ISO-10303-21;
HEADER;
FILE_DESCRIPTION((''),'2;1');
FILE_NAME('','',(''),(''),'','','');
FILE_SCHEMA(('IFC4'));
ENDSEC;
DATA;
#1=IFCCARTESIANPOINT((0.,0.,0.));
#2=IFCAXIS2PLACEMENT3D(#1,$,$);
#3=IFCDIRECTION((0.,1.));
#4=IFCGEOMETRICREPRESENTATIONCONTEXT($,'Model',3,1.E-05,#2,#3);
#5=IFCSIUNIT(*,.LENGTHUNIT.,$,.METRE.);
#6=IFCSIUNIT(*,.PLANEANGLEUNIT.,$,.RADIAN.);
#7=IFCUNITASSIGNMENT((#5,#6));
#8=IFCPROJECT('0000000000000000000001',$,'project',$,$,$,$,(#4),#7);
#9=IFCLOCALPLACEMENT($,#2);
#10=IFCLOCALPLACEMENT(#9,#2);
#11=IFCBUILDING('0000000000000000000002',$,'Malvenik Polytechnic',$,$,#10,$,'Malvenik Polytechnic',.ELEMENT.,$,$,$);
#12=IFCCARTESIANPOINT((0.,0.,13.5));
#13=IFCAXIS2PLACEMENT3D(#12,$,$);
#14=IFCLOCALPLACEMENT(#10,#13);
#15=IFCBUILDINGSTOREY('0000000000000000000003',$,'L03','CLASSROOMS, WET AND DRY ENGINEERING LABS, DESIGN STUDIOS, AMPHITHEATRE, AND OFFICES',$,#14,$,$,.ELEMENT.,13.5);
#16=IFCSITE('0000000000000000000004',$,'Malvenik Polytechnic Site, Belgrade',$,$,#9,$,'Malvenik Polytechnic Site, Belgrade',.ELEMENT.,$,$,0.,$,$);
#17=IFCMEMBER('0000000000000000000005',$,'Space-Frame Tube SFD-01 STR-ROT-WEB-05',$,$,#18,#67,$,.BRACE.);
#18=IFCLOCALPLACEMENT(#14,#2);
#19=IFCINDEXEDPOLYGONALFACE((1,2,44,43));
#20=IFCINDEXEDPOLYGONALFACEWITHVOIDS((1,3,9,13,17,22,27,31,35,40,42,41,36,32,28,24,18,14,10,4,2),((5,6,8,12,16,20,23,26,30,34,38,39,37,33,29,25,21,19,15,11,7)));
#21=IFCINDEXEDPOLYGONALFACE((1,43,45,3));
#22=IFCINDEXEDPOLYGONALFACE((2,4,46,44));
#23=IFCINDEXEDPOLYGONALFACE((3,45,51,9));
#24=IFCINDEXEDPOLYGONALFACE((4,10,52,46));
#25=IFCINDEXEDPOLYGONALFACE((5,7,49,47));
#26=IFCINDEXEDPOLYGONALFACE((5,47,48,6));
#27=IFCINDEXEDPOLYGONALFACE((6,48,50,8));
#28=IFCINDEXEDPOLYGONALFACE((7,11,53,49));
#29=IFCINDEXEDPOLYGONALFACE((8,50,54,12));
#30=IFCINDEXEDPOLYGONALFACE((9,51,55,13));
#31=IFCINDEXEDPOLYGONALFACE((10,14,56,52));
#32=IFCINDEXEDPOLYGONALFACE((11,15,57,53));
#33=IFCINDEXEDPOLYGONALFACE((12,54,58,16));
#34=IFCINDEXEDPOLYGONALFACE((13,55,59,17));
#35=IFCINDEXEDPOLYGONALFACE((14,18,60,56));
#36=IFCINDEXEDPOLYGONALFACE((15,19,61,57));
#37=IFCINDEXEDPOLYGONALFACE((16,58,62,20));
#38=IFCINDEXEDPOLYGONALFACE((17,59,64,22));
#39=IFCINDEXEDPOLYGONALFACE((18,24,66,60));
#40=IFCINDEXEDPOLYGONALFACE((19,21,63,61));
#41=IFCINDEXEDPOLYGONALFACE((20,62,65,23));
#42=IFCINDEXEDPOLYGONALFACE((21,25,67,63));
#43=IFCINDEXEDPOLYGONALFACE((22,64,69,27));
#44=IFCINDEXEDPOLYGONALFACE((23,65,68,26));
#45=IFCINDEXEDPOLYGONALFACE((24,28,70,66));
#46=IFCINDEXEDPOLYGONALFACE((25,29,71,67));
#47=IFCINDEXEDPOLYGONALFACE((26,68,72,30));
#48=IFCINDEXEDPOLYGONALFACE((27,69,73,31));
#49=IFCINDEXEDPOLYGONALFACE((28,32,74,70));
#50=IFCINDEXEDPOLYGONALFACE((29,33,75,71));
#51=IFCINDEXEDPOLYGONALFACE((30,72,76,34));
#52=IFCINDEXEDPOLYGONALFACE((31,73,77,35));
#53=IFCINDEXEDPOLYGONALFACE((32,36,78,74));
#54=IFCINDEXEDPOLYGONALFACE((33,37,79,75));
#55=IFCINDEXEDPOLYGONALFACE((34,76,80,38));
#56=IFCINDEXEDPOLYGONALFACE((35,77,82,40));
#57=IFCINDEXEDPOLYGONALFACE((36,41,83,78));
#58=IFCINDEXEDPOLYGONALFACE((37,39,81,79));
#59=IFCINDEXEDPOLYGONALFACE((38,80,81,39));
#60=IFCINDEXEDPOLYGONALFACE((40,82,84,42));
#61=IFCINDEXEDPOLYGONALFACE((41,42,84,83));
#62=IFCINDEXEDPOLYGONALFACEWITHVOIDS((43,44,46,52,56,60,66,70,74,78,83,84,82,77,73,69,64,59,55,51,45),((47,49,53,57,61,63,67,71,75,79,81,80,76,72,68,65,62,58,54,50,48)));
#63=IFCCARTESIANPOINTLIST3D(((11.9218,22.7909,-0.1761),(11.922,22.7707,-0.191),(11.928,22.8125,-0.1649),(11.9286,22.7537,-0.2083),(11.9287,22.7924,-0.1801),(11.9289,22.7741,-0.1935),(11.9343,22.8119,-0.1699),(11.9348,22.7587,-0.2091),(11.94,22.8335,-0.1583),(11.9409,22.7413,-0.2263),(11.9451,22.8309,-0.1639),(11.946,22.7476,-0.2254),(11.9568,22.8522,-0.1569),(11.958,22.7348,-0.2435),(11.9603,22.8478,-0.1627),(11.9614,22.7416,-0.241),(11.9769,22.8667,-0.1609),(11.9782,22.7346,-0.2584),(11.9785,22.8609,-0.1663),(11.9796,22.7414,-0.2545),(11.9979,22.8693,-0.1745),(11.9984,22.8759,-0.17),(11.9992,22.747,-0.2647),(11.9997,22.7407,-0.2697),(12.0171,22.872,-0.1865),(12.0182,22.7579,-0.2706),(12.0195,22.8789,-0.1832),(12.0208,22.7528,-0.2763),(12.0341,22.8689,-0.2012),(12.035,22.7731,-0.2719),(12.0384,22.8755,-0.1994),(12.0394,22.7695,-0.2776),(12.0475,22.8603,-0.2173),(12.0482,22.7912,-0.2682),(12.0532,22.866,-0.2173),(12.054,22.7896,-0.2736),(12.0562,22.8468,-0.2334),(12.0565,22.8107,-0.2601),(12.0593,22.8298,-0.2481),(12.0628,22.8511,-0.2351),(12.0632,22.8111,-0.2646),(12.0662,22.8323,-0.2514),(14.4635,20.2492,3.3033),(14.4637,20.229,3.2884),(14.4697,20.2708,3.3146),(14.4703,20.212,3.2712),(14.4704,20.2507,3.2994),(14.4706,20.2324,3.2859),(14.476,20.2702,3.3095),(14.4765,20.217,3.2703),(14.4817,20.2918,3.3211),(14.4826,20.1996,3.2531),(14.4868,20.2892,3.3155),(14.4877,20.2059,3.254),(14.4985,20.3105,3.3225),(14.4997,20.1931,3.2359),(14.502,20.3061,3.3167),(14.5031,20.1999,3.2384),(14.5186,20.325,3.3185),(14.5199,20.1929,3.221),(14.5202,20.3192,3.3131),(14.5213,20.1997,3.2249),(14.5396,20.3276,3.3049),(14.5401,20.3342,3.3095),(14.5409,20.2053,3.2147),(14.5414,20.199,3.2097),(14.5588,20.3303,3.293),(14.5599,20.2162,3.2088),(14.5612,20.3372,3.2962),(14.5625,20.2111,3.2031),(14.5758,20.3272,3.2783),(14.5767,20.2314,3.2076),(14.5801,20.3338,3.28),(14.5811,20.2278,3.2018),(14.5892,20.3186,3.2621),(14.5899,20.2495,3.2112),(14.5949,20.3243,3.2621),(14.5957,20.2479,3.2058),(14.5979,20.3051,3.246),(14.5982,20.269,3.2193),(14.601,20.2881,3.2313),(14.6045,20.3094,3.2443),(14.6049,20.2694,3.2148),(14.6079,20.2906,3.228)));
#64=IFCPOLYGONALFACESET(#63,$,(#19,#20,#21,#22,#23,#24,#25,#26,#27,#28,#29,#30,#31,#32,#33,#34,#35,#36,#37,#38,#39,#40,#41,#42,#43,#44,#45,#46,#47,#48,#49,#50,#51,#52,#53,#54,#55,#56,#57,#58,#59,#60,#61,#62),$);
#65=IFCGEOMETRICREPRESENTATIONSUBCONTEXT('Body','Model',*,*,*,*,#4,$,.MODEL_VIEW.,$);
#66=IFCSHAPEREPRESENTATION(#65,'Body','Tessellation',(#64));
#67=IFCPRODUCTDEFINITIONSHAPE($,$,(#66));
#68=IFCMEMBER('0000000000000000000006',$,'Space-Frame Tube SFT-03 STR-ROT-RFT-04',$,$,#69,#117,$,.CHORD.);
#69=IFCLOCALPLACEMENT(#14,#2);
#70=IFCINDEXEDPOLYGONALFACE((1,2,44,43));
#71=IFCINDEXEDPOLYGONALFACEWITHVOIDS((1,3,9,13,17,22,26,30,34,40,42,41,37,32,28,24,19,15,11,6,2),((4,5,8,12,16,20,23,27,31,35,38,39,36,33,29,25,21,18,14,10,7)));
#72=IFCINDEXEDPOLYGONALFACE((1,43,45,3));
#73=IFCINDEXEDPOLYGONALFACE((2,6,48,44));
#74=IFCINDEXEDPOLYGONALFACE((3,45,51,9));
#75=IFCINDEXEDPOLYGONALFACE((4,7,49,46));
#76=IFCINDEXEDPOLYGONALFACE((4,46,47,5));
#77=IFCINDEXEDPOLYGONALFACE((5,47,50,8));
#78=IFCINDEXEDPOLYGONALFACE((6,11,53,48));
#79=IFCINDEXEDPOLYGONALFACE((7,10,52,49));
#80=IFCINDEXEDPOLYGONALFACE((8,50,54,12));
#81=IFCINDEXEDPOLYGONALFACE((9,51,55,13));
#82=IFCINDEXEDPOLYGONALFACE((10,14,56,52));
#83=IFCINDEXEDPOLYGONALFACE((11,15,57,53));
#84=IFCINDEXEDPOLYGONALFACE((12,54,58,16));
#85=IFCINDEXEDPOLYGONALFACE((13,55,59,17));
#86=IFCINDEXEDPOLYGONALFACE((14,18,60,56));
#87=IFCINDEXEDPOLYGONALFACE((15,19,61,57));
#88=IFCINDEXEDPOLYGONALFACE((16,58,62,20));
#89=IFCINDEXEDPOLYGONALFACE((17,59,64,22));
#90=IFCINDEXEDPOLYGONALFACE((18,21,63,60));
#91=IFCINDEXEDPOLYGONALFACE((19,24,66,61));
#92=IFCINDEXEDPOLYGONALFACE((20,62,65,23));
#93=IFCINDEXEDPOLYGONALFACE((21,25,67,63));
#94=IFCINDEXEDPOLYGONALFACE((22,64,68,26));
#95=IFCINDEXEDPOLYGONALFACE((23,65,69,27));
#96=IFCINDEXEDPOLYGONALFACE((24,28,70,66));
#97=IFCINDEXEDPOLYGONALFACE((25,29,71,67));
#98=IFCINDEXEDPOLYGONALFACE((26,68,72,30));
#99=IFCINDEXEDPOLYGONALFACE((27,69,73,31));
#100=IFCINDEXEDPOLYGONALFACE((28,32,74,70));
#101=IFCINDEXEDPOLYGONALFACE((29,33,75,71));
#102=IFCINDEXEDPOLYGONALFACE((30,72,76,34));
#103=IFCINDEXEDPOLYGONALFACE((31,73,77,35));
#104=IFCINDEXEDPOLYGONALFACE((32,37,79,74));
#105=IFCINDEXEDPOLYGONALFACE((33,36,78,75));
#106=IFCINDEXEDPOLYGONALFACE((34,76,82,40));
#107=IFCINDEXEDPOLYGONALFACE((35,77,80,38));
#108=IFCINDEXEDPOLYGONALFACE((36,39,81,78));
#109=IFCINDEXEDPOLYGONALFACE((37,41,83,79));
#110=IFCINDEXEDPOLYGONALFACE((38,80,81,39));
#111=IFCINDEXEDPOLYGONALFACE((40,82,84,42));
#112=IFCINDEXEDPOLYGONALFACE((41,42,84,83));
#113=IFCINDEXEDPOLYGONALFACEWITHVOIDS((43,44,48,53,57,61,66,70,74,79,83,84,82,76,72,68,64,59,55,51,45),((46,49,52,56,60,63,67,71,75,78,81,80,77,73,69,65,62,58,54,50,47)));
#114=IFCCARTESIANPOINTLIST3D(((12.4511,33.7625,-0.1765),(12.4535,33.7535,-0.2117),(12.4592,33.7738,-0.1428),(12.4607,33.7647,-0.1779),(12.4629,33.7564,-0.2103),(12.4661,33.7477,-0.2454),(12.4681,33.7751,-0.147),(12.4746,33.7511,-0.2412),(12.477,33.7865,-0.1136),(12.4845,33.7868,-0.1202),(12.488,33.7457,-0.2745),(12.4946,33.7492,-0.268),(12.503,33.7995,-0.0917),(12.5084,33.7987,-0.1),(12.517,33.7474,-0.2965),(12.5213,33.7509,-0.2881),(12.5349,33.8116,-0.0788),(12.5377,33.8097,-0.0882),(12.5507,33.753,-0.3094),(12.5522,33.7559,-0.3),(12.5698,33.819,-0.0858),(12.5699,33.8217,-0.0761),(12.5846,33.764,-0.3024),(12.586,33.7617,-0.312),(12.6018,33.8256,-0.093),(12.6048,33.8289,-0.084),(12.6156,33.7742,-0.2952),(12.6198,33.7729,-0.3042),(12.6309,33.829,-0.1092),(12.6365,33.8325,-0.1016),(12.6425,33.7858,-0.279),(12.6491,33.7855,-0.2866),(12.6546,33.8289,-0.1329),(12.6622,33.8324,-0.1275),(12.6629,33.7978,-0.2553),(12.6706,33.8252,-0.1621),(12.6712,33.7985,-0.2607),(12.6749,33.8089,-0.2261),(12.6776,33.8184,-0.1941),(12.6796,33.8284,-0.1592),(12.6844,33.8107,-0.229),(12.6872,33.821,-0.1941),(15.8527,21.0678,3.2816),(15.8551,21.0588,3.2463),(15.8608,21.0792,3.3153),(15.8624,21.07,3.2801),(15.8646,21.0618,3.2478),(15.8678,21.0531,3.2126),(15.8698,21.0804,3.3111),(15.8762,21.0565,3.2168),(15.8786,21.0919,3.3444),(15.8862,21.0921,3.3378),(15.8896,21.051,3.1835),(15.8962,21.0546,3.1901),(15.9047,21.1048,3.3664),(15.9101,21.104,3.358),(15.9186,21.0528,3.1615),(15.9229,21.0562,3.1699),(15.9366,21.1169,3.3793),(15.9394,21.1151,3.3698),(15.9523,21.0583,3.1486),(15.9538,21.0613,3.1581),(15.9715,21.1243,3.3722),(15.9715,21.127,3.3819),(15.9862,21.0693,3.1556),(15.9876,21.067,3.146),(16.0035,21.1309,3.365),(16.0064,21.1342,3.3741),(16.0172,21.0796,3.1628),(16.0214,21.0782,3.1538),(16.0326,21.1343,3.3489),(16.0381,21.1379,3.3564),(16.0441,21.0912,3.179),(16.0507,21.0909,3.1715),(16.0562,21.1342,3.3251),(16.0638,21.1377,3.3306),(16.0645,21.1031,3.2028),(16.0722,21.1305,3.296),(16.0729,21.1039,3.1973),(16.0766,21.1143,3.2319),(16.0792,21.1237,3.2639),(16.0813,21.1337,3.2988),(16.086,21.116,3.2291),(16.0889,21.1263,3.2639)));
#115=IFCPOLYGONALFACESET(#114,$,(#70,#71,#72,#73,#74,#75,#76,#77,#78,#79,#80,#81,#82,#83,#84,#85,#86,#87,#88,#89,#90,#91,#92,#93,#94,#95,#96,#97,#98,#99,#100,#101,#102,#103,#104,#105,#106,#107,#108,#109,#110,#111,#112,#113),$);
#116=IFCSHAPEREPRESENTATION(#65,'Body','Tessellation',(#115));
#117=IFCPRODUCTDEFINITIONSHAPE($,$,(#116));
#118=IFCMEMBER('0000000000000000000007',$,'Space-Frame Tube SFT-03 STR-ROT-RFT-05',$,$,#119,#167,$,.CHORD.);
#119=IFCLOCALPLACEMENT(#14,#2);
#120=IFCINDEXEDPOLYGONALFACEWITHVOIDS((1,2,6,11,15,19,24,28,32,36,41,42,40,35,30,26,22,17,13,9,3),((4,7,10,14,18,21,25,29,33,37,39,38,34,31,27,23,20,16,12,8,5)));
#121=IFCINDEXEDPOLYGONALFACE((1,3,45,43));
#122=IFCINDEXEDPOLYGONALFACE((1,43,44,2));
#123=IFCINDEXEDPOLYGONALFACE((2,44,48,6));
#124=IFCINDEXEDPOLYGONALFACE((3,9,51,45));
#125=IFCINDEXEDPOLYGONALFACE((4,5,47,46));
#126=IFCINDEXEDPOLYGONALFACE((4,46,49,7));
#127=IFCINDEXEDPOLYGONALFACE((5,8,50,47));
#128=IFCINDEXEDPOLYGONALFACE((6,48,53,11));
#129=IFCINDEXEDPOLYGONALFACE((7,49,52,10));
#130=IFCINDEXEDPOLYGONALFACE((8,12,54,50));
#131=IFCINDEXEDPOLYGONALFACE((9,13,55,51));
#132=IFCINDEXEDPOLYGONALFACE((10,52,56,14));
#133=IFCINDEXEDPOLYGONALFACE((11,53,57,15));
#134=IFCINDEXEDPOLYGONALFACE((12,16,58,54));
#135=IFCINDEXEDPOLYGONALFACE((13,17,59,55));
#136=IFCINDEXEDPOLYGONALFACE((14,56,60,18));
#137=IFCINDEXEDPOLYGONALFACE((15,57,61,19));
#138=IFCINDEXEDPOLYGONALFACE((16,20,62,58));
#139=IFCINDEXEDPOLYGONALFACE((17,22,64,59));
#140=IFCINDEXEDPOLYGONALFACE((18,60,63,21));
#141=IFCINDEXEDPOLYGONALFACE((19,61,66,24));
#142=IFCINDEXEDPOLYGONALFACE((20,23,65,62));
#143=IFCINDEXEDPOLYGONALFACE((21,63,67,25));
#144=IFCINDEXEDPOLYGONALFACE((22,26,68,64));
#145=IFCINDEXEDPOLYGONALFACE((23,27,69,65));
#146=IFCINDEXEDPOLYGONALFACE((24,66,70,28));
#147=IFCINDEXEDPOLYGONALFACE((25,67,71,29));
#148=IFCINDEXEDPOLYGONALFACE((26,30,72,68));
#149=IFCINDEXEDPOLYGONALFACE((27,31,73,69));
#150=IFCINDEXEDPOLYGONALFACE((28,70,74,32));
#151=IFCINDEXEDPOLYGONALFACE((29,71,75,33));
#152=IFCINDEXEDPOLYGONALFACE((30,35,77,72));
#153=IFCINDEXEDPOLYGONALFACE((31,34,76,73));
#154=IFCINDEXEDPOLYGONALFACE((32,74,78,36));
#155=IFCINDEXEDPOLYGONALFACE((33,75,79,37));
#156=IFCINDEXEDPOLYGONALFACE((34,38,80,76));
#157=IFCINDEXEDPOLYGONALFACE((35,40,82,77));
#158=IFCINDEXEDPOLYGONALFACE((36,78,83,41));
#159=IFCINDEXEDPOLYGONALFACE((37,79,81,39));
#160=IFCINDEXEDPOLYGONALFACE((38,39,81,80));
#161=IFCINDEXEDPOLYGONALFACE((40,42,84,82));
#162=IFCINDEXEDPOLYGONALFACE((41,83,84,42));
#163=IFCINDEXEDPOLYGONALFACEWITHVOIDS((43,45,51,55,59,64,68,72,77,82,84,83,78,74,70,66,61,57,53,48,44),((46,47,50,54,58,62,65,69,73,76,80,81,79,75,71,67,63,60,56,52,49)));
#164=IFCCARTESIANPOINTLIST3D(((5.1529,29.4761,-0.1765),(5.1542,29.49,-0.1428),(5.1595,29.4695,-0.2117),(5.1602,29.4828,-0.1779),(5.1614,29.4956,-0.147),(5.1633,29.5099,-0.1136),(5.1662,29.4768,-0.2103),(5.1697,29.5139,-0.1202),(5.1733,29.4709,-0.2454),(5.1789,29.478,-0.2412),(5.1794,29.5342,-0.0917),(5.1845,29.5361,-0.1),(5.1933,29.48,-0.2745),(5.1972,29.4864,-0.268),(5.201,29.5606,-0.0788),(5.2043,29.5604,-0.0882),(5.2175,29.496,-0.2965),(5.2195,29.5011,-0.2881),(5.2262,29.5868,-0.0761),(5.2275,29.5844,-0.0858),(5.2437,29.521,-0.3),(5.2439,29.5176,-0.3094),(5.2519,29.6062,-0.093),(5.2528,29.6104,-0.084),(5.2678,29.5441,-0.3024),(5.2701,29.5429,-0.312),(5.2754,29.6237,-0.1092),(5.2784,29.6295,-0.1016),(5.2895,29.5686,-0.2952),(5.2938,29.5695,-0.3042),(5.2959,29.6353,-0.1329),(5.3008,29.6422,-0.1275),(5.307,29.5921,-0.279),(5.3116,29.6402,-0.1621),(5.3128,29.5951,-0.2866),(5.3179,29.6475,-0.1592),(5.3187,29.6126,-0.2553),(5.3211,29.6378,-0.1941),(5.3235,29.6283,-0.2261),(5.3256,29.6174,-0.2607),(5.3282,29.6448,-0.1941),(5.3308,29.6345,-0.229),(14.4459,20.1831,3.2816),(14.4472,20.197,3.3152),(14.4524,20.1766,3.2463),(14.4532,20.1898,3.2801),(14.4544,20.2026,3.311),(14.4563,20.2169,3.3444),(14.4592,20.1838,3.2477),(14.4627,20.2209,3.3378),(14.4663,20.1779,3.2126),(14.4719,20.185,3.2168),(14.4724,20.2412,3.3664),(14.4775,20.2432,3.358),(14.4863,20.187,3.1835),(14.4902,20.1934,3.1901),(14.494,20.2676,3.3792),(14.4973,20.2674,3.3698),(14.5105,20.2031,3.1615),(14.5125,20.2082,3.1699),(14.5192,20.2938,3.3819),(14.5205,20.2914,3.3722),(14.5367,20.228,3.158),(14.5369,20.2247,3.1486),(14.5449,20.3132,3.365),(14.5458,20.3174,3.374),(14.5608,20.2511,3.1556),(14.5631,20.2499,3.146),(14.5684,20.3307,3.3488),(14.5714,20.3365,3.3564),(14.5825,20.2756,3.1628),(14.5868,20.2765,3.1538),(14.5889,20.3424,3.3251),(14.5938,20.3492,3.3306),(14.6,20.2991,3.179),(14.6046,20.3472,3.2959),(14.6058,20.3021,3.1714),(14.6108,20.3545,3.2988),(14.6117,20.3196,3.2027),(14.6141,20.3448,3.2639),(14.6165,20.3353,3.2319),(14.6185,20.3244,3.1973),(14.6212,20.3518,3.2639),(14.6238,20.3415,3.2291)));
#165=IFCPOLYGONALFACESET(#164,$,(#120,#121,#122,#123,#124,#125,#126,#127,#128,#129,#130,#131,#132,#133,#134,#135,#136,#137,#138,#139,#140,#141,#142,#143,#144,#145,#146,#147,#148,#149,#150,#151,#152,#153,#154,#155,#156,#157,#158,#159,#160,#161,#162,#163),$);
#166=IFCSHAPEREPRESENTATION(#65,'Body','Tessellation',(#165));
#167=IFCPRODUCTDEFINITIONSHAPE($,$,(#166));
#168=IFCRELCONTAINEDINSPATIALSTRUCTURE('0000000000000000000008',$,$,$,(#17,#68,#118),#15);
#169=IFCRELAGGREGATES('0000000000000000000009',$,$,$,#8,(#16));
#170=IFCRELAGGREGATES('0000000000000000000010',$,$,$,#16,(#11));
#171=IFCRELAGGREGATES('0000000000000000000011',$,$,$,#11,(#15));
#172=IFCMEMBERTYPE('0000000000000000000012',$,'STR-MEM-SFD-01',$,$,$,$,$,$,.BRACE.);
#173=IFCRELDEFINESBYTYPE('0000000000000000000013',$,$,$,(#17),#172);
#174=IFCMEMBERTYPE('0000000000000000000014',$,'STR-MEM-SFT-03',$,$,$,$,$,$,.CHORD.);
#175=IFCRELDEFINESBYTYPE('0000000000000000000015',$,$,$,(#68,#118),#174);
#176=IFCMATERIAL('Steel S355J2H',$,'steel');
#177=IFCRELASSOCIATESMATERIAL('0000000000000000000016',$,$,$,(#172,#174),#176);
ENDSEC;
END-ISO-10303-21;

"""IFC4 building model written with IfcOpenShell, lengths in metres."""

from ifc_helpers import new_model, si_unit, direction, frame, origin, origin_2d, place, context, subcontext, project, spatial, hollow_circle, extrude, material, material_profile, profile_set, type_object, element, save


model = new_model("IFC4")

# Units and contexts
model_context = context("Model", 3, precision=1e-05, world=origin(), true_north=direction((0.0, 1.0)))
body_context = subcontext(model_context, "Body", "Model", "MODEL_VIEW")
ifc_project = project(units=[si_unit("LENGTHUNIT", "METRE"), si_unit("PLANEANGLEUNIT", "RADIAN")], contexts=[model_context])

# Site, building, storey
site_placement = place(None, origin())
site = spatial("IfcSite", under=ifc_project, at=site_placement, Name="Malvenik Polytechnic Site, Belgrade", LongName="Malvenik Polytechnic Site, Belgrade", CompositionType="ELEMENT", RefElevation=0.0)
building_placement = place(site_placement, origin())
building = spatial("IfcBuilding", under=site, at=building_placement, Name="Malvenik Polytechnic", LongName="Malvenik Polytechnic", CompositionType="ELEMENT")
storey_placement = place(building_placement, frame((0.0, 0.0, 13.5)))
storey = spatial("IfcBuildingStorey", under=building, at=storey_placement, Name="L03", Description="CLASSROOMS, WET AND DRY ENGINEERING LABS, DESIGN STUDIOS, AMPHITHEATRE, AND OFFICES", CompositionType="ELEMENT", Elevation=13.5)

# Members
ifc_material_1 = material(Name="Steel S355J2H", Category="steel")
ifc_material_profile_1 = material_profile(ifc_material_1, hollow_circle(Radius=0.0842, WallThickness=0.0081, at=origin_2d()), Name="CHS 168.3x8.0")
ifc_profile_set_1 = profile_set([ifc_material_profile_1], Name="Steel S355J2H")
member_type_1 = type_object("IfcMemberType", Name="STR-MEM-SFD-01", PredefinedType="BRACE", material=ifc_profile_set_1)
member_1_placement = place(storey_placement, frame((11.9937, 22.8064, -0.2173), z_axis=(0.508067, -0.508067, 0.695511), x_axis=(0.707107, 0.707107, 0.0)))
element("IfcMember", 1, at=member_1_placement, inside=storey, type_object=member_type_1, Name="Space-Frame Tube SFD-01 STR-ROT-WEB-05", PredefinedType="BRACE", context=body_context, shape_type="SweptSolid", body=[
    extrude(hollow_circle(Radius=0.0842, WallThickness=0.0081, at=origin_2d()), origin(), (0.0, 0.0, 1.0), 5.0027),
])
ifc_material_profile_2 = material_profile(ifc_material_1, hollow_circle(Radius=0.1223, WallThickness=0.01, at=origin_2d()), Name="CHS 244.5x10.0")
ifc_profile_set_2 = profile_set([ifc_material_profile_2], Name="Steel S355J2H")
member_type_2 = type_object("IfcMemberType", Name="STR-MEM-SFT-03", PredefinedType="CHORD", material=ifc_profile_set_2)
member_2_placement = place(storey_placement, frame((12.5691, 33.7893, -0.1941), z_axis=(0.250307, -0.934129, 0.254457), x_axis=(0.965924, 0.258827, 0.0)))
element("IfcMember", 2, at=member_2_placement, inside=storey, type_object=member_type_2, Name="Space-Frame Tube SFT-03 STR-ROT-RFT-04", PredefinedType="CHORD", context=body_context, shape_type="SweptSolid", body=[
    extrude(hollow_circle(Radius=0.1223, WallThickness=0.01, at=origin_2d()), origin(), (0.0, 0.0, 1.0), 13.5898),
])
member_3_placement = place(storey_placement, frame((5.2417, 29.5583, -0.1941), z_axis=(0.683831, -0.683831, 0.25446), x_axis=(0.707107, 0.707107, 0.0)))
element("IfcMember", 3, at=member_3_placement, inside=storey, type_object=member_type_2, Name="Space-Frame Tube SFT-03 STR-ROT-RFT-05", PredefinedType="CHORD", context=body_context, shape_type="SweptSolid", body=[
    extrude(hollow_circle(Radius=0.1223, WallThickness=0.01, at=origin_2d()), origin(), (0.0, 0.0, 1.0), 13.5896),
])

save(model, "model.ifc")
